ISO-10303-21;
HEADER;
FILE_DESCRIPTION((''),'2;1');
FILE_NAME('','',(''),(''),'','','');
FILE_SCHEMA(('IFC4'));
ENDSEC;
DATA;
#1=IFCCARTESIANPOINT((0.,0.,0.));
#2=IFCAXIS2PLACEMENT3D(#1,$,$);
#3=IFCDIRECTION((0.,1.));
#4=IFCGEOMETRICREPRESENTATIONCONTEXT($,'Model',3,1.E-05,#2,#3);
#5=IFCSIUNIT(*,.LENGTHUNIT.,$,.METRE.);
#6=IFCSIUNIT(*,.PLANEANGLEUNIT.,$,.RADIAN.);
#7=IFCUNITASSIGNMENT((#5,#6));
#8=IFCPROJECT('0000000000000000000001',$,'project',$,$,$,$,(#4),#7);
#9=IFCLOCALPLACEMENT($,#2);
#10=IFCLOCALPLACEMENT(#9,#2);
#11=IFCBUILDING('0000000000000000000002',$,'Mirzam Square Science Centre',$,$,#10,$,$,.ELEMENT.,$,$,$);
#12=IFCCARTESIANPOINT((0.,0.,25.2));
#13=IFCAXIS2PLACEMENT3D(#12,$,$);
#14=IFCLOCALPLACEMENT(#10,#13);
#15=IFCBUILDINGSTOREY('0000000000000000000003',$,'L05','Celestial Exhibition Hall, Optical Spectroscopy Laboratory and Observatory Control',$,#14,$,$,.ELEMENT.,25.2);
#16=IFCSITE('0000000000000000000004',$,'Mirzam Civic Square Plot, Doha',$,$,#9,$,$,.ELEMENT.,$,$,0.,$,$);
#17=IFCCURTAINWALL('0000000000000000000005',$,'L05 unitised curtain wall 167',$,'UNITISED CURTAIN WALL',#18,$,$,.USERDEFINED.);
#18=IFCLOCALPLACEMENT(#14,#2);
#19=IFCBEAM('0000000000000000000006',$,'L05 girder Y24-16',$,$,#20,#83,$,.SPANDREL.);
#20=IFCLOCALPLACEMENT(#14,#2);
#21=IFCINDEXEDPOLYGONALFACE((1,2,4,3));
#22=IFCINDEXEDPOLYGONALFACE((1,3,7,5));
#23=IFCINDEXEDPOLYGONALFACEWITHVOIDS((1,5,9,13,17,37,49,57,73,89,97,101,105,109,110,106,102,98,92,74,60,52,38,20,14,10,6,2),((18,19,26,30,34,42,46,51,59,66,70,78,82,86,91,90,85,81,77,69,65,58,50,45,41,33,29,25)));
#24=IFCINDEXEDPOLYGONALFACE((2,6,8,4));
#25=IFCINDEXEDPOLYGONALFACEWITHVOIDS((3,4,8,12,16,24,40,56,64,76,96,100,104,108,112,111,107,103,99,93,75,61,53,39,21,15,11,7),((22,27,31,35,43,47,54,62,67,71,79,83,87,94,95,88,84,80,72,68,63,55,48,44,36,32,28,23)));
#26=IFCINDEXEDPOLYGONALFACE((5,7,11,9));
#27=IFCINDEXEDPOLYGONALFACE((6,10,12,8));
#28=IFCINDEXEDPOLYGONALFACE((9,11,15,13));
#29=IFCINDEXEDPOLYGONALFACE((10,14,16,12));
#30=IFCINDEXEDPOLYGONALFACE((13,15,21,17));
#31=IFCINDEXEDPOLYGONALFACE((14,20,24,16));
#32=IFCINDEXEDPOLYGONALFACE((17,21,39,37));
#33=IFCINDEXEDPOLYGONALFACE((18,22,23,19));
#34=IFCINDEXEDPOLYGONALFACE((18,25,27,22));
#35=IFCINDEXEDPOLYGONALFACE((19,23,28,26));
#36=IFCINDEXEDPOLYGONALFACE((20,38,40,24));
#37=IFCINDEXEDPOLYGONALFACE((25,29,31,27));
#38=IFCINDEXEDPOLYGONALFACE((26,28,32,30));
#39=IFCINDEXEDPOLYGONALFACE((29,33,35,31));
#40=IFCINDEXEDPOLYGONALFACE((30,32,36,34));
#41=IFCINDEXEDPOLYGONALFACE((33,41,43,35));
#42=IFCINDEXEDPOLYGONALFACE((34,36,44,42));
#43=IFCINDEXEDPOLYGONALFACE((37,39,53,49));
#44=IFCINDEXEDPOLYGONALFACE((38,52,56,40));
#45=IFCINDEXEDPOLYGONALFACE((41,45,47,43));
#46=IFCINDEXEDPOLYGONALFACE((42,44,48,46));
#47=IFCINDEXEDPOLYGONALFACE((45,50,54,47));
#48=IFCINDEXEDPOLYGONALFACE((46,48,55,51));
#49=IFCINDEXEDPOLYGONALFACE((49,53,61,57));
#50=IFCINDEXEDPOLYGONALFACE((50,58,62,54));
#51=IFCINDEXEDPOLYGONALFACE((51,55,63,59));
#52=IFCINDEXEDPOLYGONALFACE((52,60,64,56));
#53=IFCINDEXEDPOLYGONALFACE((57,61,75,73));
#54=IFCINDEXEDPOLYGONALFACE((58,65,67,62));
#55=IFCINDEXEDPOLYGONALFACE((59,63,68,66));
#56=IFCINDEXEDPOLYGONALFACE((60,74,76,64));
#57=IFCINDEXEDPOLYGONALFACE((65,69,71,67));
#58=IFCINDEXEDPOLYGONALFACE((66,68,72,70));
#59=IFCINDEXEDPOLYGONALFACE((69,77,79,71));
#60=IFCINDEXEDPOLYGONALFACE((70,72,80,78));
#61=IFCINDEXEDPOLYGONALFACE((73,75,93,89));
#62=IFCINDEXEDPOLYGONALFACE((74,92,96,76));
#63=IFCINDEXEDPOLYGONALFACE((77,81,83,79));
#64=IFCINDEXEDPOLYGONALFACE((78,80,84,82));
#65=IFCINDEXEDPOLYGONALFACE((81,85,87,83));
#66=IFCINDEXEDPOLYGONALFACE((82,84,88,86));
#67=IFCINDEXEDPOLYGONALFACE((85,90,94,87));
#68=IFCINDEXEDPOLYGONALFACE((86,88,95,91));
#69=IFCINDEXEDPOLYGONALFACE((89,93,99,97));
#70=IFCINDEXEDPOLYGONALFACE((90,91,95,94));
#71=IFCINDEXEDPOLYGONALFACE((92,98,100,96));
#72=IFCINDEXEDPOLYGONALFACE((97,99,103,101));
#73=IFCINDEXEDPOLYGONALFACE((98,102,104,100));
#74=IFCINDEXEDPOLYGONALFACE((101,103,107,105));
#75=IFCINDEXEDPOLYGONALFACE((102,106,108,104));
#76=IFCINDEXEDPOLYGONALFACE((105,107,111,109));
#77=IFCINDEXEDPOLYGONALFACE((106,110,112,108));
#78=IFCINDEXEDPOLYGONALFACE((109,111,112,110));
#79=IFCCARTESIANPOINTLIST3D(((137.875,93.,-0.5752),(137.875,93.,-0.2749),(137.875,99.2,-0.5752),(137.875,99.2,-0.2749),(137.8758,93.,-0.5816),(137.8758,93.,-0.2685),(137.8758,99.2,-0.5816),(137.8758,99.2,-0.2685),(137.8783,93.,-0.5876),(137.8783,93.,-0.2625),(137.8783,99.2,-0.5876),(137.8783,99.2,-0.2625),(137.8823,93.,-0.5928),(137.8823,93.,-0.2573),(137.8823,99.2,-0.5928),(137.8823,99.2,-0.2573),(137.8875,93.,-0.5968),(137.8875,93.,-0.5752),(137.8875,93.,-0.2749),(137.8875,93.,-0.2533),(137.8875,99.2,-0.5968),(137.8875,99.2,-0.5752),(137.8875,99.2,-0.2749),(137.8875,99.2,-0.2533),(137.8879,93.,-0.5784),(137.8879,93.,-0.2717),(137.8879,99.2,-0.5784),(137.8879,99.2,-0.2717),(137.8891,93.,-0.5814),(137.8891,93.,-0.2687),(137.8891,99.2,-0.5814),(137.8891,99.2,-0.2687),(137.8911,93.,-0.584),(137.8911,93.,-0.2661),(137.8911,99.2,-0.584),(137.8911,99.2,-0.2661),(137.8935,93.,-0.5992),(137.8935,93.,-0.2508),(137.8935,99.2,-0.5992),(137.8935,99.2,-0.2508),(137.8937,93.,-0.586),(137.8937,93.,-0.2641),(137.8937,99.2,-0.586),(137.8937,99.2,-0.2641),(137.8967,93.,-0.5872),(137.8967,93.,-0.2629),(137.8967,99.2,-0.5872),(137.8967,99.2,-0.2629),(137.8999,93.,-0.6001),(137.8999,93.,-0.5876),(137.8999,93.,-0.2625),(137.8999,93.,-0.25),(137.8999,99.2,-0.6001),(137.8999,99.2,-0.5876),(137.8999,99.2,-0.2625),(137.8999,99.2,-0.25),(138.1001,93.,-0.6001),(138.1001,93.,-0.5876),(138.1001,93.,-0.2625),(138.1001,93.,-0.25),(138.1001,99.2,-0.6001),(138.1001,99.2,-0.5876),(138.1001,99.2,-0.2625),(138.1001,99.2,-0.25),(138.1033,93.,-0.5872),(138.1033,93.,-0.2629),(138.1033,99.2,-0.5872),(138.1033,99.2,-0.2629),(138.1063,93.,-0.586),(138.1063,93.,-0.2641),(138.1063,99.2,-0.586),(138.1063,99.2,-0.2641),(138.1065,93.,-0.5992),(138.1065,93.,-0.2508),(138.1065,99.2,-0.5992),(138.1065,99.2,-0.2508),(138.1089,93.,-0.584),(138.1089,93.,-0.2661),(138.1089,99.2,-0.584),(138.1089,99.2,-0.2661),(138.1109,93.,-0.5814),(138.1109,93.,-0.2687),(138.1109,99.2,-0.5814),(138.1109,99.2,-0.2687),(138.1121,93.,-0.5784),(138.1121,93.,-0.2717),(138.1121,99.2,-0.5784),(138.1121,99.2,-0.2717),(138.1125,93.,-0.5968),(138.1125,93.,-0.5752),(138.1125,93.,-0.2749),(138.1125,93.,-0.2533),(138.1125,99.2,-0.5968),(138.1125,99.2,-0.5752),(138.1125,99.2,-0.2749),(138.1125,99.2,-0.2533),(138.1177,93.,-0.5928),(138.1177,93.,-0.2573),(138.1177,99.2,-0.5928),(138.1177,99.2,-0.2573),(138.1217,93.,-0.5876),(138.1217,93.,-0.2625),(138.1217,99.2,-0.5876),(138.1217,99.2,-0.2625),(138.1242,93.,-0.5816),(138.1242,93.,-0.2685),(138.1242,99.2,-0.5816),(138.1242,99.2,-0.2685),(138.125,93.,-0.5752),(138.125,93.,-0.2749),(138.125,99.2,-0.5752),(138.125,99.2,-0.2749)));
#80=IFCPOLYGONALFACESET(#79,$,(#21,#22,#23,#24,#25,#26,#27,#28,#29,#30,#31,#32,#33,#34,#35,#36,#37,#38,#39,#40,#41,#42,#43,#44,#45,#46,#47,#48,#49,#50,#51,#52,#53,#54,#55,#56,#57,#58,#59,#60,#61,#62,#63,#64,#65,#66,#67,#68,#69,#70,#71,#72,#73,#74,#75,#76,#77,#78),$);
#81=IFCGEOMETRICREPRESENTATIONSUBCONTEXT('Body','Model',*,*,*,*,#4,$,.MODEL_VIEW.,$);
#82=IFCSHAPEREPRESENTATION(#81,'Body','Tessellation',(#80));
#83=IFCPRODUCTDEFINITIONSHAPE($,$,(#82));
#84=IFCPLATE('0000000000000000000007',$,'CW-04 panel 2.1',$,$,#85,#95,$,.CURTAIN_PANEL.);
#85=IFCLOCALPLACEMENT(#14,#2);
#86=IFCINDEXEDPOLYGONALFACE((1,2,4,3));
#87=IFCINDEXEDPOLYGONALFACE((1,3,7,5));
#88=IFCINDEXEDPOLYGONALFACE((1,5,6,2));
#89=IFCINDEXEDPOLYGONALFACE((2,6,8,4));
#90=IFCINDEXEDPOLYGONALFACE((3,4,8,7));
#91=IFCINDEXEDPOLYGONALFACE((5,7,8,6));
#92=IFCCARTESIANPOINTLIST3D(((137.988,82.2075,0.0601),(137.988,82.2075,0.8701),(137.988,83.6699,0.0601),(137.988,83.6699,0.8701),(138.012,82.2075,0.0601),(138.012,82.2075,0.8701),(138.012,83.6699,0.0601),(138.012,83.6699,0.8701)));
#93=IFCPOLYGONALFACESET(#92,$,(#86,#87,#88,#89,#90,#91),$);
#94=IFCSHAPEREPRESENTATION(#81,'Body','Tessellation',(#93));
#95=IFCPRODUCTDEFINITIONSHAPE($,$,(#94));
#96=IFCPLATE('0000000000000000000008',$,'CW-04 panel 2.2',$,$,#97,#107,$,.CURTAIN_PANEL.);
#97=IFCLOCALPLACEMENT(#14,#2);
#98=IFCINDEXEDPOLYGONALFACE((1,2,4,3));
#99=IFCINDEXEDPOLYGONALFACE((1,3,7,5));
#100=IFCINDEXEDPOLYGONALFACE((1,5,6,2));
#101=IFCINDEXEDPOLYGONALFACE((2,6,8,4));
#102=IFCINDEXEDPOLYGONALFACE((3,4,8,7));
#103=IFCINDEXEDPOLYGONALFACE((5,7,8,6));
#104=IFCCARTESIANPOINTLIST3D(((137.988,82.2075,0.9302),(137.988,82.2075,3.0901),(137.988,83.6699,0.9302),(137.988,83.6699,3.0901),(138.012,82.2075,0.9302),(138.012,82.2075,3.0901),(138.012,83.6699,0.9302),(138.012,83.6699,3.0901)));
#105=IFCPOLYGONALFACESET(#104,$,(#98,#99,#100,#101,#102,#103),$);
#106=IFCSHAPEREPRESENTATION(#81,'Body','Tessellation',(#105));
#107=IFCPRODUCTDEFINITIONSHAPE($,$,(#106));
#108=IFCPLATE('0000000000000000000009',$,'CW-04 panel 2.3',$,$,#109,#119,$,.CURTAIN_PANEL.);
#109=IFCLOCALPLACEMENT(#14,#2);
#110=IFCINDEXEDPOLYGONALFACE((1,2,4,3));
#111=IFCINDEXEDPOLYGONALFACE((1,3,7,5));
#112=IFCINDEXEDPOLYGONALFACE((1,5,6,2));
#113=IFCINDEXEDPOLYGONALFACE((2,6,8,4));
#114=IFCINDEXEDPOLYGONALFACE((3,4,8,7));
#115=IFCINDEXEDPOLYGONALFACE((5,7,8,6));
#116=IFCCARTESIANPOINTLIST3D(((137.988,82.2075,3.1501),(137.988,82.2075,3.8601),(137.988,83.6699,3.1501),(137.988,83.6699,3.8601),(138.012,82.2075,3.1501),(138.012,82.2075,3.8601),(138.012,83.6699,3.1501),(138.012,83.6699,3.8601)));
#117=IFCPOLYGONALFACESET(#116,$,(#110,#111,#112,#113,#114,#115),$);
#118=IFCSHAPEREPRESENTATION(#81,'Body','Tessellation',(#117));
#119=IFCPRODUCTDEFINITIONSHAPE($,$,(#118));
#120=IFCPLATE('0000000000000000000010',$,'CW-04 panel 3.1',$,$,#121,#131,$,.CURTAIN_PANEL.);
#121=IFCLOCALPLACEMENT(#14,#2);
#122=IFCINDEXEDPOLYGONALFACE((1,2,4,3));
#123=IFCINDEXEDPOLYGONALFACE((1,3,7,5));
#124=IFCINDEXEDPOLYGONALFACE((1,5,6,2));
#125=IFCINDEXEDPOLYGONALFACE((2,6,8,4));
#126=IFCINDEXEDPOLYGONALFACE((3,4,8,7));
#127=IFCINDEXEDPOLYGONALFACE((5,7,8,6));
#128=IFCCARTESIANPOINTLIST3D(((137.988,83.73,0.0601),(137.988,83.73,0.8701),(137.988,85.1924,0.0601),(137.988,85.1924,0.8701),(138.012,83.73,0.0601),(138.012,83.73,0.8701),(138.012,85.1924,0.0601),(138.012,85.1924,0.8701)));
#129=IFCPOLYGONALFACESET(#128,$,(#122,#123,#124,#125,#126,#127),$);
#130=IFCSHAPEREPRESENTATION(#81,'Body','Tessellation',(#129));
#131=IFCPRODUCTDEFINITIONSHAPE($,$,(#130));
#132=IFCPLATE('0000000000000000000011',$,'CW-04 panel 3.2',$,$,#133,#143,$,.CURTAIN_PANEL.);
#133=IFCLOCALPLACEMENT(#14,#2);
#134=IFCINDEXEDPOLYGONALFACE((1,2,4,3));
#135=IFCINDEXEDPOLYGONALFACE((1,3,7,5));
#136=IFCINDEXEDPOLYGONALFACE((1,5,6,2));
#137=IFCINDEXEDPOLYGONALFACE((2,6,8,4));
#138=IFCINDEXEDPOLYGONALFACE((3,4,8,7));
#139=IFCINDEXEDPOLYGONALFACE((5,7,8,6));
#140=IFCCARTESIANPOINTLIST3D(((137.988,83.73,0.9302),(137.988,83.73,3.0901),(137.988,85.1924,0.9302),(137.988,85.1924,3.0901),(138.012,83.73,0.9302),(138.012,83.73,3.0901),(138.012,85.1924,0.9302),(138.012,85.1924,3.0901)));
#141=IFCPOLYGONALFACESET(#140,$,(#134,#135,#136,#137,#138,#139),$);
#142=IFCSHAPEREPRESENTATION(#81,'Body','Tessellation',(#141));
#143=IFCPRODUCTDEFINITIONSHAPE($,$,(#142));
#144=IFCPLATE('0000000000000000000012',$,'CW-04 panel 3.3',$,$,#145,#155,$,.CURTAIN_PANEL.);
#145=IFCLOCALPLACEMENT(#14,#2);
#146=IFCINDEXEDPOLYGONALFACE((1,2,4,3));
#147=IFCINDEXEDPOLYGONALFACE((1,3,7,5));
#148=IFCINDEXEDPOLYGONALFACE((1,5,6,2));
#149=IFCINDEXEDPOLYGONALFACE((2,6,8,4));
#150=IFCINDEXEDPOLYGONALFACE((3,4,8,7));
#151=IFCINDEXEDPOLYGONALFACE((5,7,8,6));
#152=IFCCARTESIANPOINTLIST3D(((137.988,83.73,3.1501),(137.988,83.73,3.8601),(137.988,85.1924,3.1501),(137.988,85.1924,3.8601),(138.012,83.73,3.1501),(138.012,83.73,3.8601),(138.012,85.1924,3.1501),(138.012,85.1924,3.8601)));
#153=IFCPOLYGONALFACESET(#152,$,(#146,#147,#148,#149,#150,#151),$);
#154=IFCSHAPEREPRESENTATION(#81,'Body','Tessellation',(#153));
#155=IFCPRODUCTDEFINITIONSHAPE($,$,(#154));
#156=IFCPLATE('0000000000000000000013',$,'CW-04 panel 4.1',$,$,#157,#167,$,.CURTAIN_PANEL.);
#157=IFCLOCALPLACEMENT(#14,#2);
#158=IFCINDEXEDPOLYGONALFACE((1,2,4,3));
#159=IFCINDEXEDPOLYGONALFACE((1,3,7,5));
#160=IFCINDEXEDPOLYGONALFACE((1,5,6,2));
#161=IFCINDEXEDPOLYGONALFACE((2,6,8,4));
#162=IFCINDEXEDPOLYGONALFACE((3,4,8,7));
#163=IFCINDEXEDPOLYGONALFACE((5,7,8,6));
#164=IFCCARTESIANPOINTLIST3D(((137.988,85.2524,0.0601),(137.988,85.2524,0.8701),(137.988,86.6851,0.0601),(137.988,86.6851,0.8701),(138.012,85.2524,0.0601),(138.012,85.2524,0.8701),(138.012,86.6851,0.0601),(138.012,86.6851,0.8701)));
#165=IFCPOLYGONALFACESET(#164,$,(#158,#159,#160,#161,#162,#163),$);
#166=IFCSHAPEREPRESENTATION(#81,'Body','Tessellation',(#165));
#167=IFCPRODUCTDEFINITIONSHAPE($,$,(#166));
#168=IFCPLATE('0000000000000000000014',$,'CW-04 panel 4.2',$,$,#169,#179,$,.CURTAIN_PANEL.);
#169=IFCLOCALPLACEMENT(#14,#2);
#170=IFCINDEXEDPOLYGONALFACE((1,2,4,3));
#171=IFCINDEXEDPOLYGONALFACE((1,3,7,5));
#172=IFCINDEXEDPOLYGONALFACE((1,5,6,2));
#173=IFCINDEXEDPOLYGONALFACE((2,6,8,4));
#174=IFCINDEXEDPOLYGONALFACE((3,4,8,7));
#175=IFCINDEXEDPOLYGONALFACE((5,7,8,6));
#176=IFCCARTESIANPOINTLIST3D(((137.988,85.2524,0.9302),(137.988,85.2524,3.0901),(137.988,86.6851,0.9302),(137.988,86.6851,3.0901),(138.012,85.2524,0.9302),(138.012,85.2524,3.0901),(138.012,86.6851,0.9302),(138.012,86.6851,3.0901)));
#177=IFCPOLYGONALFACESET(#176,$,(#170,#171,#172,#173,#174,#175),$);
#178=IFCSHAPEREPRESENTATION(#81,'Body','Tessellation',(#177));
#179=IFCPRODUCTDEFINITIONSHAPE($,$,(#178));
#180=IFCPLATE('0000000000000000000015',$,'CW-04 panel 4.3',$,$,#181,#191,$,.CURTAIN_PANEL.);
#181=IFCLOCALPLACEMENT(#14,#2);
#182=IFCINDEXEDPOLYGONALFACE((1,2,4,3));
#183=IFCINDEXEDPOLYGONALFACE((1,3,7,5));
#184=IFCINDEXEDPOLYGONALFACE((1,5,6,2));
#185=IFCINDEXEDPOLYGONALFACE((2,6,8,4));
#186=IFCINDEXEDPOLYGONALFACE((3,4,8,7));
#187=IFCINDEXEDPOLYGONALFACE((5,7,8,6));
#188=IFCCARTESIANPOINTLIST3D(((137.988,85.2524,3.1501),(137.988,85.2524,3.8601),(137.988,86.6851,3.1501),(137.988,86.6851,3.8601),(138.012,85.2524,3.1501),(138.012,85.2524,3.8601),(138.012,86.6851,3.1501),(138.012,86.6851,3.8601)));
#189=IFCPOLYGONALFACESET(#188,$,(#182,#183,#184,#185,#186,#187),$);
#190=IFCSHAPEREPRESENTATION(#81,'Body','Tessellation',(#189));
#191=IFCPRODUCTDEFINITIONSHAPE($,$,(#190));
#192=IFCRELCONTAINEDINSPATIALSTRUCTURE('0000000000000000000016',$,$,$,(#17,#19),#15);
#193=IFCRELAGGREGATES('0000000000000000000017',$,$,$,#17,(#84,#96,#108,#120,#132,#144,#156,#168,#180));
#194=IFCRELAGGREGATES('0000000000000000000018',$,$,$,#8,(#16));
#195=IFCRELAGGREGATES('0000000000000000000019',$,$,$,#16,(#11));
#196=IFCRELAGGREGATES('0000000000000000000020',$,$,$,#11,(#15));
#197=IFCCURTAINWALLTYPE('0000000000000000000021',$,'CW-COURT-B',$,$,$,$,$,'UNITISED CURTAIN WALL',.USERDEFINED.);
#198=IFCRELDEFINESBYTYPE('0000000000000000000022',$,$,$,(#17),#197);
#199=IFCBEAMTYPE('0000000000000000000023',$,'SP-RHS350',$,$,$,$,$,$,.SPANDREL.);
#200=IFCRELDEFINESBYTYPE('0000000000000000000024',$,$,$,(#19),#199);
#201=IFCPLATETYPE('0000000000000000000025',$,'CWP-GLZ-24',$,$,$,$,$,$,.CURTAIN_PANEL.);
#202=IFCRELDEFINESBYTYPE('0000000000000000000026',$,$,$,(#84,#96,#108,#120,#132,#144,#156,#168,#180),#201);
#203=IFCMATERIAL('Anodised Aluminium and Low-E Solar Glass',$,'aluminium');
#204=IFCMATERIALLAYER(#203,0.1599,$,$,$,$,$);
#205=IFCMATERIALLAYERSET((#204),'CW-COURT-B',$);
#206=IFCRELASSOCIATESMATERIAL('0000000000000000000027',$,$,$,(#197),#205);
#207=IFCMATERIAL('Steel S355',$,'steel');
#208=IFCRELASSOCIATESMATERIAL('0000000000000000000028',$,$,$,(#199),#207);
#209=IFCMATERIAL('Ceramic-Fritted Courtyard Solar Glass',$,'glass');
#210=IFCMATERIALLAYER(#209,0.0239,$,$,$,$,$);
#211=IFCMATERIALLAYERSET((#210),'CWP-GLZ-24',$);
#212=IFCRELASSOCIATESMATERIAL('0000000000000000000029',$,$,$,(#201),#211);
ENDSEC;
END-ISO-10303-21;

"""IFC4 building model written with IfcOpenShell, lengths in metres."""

from ifc_helpers import new_model, si_unit, direction, frame, origin, origin_2d, place, context, subcontext, project, spatial, rectangle, hollow_rectangle, extrude, material, layer, layer_set, material_profile, profile_set, type_object, element, aggregate, save


model = new_model("IFC4")

# Units and contexts
model_context = context("Model", 3, precision=1e-05, world=origin(), true_north=direction((0.0, 1.0)))
body_context = subcontext(model_context, "Body", "Model", "MODEL_VIEW")
ifc_project = project(units=[si_unit("LENGTHUNIT", "METRE"), si_unit("PLANEANGLEUNIT", "RADIAN")], contexts=[model_context])

# Site, building, storey
site_placement = place(None, origin())
site = spatial("IfcSite", under=ifc_project, at=site_placement, Name="Mirzam Civic Square Plot, Doha", CompositionType="ELEMENT", RefElevation=0.0)
building_placement = place(site_placement, origin())
building = spatial("IfcBuilding", under=site, at=building_placement, Name="Mirzam Square Science Centre", CompositionType="ELEMENT")
storey_placement = place(building_placement, frame((0.0, 0.0, 25.2)))
storey = spatial("IfcBuildingStorey", under=building, at=storey_placement, Name="L05", Description="Celestial Exhibition Hall, Optical Spectroscopy Laboratory and Observatory Control", CompositionType="ELEMENT", Elevation=25.2)

# Shared definitions
ifc_material_1 = material(Name="Steel S355", Category="steel")

# Curtain wall
ifc_material_2 = material(Name="Anodised Aluminium and Low-E Solar Glass", Category="aluminium")
ifc_layer_1 = layer(ifc_material_2, 0.1599)
ifc_layer_set_1 = layer_set([ifc_layer_1], Name="CW-COURT-B")
curtain_wall_type_1 = type_object("IfcCurtainWallType", Name="CW-COURT-B", ElementType="UNITISED CURTAIN WALL", PredefinedType="USERDEFINED", material=ifc_layer_set_1)
curtain_wall_1_placement = place(storey_placement, origin())
curtain_wall_1 = element("IfcCurtainWall", 1, at=curtain_wall_1_placement, inside=storey, type_object=curtain_wall_type_1, Name="L05 unitised curtain wall 167", ObjectType="UNITISED CURTAIN WALL", PredefinedType="USERDEFINED")

# Beam
ifc_material_profile_1 = material_profile(ifc_material_1, hollow_rectangle(XDim=0.25, YDim=0.3501, WallThickness=0.0125, InnerFilletRadius=0.0125, OuterFilletRadius=0.0249, at=origin_2d()), Name="350x250x12.5RHS")
ifc_profile_set_1 = profile_set([ifc_material_profile_1], Name="Steel S355")
beam_type_1 = type_object("IfcBeamType", Name="SP-RHS350", PredefinedType="SPANDREL", material=ifc_profile_set_1)
for number, where, z_axis, x_axis, name in (
    (2, (138.0, 93.0, -0.425), (0.0, 1.0, 0.0), (-1.0, 0.0, 0.0), "L05 girder Y24-16"),
):
    element("IfcBeam", number, at=place(storey_placement, frame(where, z_axis=z_axis, x_axis=x_axis)), inside=storey, type_object=beam_type_1, Name=name, PredefinedType="SPANDREL", context=body_context, shape_type="SweptSolid", body=[
        extrude(hollow_rectangle(XDim=0.25, YDim=0.3501, WallThickness=0.0125, InnerFilletRadius=0.0125, OuterFilletRadius=0.0249, at=origin_2d()), origin(), (0.0, 0.0, 1.0), 6.2),
    ])

# Plates
ifc_material_3 = material(Name="Ceramic-Fritted Courtyard Solar Glass", Category="glass")
ifc_layer_2 = layer(ifc_material_3, 0.0239)
ifc_layer_set_2 = layer_set([ifc_layer_2], Name="CWP-GLZ-24")
plate_type = type_object("IfcPlateType", Name="CWP-GLZ-24", PredefinedType="CURTAIN_PANEL", material=ifc_layer_set_2)
plate_1_placement = place(storey_placement, frame((138.0, 82.9387, 0.0601), z_axis=(0.0, 0.0, 1.0), x_axis=(0.0, 1.0, 0.0)))
plate_1 = element("IfcPlate", 3, at=plate_1_placement, type_object=plate_type, Name="CW-04 panel 2.1", PredefinedType="CURTAIN_PANEL", context=body_context, shape_type="SweptSolid", body=[
    extrude(rectangle(XDim=1.4624, YDim=0.0239, at=origin_2d()), origin(), (0.0, 0.0, 1.0), 0.8101),
])
plate_2_placement = place(storey_placement, frame((138.0, 82.9387, 0.9302), z_axis=(0.0, 0.0, 1.0), x_axis=(0.0, 1.0, 0.0)))
plate_2 = element("IfcPlate", 4, at=plate_2_placement, type_object=plate_type, Name="CW-04 panel 2.2", PredefinedType="CURTAIN_PANEL", context=body_context, shape_type="SweptSolid", body=[
    extrude(rectangle(XDim=1.4624, YDim=0.0239, at=origin_2d()), origin(), (0.0, 0.0, 1.0), 2.1599),
])
plate_3_placement = place(storey_placement, frame((138.0, 82.9387, 3.1501), z_axis=(0.0, 0.0, 1.0), x_axis=(0.0, 1.0, 0.0)))
plate_3 = element("IfcPlate", 5, at=plate_3_placement, type_object=plate_type, Name="CW-04 panel 2.3", PredefinedType="CURTAIN_PANEL", context=body_context, shape_type="SweptSolid", body=[
    extrude(rectangle(XDim=1.4624, YDim=0.0239, at=origin_2d()), origin(), (0.0, 0.0, 1.0), 0.71),
])
plate_4_placement = place(storey_placement, frame((138.0, 84.4612, 0.0601), z_axis=(0.0, 0.0, 1.0), x_axis=(0.0, 1.0, 0.0)))
plate_4 = element("IfcPlate", 6, at=plate_4_placement, type_object=plate_type, Name="CW-04 panel 3.1", PredefinedType="CURTAIN_PANEL", context=body_context, shape_type="SweptSolid", body=[
    extrude(rectangle(XDim=1.4624, YDim=0.0239, at=origin_2d()), origin(), (0.0, 0.0, 1.0), 0.8101),
])
plate_5_placement = place(storey_placement, frame((138.0, 84.4612, 0.9302), z_axis=(0.0, 0.0, 1.0), x_axis=(0.0, 1.0, 0.0)))
plate_5 = element("IfcPlate", 7, at=plate_5_placement, type_object=plate_type, Name="CW-04 panel 3.2", PredefinedType="CURTAIN_PANEL", context=body_context, shape_type="SweptSolid", body=[
    extrude(rectangle(XDim=1.4624, YDim=0.0239, at=origin_2d()), origin(), (0.0, 0.0, 1.0), 2.1599),
])
plate_6_placement = place(storey_placement, frame((138.0, 84.4612, 3.1501), z_axis=(0.0, 0.0, 1.0), x_axis=(0.0, 1.0, 0.0)))
plate_6 = element("IfcPlate", 8, at=plate_6_placement, type_object=plate_type, Name="CW-04 panel 3.3", PredefinedType="CURTAIN_PANEL", context=body_context, shape_type="SweptSolid", body=[
    extrude(rectangle(XDim=1.4624, YDim=0.0239, at=origin_2d()), origin(), (0.0, 0.0, 1.0), 0.71),
])
plate_7_placement = place(storey_placement, frame((138.0, 85.9688, 0.0601), z_axis=(0.0, 0.0, 1.0), x_axis=(0.0, 1.0, 0.0)))
plate_7 = element("IfcPlate", 9, at=plate_7_placement, type_object=plate_type, Name="CW-04 panel 4.1", PredefinedType="CURTAIN_PANEL", context=body_context, shape_type="SweptSolid", body=[
    extrude(rectangle(XDim=1.4326, YDim=0.0239, at=origin_2d()), origin(), (0.0, 0.0, 1.0), 0.8101),
])
plate_8_placement = place(storey_placement, frame((138.0, 85.9688, 0.9302), z_axis=(0.0, 0.0, 1.0), x_axis=(0.0, 1.0, 0.0)))
plate_8 = element("IfcPlate", 10, at=plate_8_placement, type_object=plate_type, Name="CW-04 panel 4.2", PredefinedType="CURTAIN_PANEL", context=body_context, shape_type="SweptSolid", body=[
    extrude(rectangle(XDim=1.4326, YDim=0.0239, at=origin_2d()), origin(), (0.0, 0.0, 1.0), 2.1599),
])
plate_9_placement = place(storey_placement, frame((138.0, 85.9688, 3.1501), z_axis=(0.0, 0.0, 1.0), x_axis=(0.0, 1.0, 0.0)))
plate_9 = element("IfcPlate", 11, at=plate_9_placement, type_object=plate_type, Name="CW-04 panel 4.3", PredefinedType="CURTAIN_PANEL", context=body_context, shape_type="SweptSolid", body=[
    extrude(rectangle(XDim=1.4326, YDim=0.0239, at=origin_2d()), origin(), (0.0, 0.0, 1.0), 0.71),
])
aggregate(curtain_wall_1, [plate_1, plate_2, plate_3, plate_4, plate_5, plate_6, plate_7, plate_8, plate_9])

save(model, "model.ifc")
